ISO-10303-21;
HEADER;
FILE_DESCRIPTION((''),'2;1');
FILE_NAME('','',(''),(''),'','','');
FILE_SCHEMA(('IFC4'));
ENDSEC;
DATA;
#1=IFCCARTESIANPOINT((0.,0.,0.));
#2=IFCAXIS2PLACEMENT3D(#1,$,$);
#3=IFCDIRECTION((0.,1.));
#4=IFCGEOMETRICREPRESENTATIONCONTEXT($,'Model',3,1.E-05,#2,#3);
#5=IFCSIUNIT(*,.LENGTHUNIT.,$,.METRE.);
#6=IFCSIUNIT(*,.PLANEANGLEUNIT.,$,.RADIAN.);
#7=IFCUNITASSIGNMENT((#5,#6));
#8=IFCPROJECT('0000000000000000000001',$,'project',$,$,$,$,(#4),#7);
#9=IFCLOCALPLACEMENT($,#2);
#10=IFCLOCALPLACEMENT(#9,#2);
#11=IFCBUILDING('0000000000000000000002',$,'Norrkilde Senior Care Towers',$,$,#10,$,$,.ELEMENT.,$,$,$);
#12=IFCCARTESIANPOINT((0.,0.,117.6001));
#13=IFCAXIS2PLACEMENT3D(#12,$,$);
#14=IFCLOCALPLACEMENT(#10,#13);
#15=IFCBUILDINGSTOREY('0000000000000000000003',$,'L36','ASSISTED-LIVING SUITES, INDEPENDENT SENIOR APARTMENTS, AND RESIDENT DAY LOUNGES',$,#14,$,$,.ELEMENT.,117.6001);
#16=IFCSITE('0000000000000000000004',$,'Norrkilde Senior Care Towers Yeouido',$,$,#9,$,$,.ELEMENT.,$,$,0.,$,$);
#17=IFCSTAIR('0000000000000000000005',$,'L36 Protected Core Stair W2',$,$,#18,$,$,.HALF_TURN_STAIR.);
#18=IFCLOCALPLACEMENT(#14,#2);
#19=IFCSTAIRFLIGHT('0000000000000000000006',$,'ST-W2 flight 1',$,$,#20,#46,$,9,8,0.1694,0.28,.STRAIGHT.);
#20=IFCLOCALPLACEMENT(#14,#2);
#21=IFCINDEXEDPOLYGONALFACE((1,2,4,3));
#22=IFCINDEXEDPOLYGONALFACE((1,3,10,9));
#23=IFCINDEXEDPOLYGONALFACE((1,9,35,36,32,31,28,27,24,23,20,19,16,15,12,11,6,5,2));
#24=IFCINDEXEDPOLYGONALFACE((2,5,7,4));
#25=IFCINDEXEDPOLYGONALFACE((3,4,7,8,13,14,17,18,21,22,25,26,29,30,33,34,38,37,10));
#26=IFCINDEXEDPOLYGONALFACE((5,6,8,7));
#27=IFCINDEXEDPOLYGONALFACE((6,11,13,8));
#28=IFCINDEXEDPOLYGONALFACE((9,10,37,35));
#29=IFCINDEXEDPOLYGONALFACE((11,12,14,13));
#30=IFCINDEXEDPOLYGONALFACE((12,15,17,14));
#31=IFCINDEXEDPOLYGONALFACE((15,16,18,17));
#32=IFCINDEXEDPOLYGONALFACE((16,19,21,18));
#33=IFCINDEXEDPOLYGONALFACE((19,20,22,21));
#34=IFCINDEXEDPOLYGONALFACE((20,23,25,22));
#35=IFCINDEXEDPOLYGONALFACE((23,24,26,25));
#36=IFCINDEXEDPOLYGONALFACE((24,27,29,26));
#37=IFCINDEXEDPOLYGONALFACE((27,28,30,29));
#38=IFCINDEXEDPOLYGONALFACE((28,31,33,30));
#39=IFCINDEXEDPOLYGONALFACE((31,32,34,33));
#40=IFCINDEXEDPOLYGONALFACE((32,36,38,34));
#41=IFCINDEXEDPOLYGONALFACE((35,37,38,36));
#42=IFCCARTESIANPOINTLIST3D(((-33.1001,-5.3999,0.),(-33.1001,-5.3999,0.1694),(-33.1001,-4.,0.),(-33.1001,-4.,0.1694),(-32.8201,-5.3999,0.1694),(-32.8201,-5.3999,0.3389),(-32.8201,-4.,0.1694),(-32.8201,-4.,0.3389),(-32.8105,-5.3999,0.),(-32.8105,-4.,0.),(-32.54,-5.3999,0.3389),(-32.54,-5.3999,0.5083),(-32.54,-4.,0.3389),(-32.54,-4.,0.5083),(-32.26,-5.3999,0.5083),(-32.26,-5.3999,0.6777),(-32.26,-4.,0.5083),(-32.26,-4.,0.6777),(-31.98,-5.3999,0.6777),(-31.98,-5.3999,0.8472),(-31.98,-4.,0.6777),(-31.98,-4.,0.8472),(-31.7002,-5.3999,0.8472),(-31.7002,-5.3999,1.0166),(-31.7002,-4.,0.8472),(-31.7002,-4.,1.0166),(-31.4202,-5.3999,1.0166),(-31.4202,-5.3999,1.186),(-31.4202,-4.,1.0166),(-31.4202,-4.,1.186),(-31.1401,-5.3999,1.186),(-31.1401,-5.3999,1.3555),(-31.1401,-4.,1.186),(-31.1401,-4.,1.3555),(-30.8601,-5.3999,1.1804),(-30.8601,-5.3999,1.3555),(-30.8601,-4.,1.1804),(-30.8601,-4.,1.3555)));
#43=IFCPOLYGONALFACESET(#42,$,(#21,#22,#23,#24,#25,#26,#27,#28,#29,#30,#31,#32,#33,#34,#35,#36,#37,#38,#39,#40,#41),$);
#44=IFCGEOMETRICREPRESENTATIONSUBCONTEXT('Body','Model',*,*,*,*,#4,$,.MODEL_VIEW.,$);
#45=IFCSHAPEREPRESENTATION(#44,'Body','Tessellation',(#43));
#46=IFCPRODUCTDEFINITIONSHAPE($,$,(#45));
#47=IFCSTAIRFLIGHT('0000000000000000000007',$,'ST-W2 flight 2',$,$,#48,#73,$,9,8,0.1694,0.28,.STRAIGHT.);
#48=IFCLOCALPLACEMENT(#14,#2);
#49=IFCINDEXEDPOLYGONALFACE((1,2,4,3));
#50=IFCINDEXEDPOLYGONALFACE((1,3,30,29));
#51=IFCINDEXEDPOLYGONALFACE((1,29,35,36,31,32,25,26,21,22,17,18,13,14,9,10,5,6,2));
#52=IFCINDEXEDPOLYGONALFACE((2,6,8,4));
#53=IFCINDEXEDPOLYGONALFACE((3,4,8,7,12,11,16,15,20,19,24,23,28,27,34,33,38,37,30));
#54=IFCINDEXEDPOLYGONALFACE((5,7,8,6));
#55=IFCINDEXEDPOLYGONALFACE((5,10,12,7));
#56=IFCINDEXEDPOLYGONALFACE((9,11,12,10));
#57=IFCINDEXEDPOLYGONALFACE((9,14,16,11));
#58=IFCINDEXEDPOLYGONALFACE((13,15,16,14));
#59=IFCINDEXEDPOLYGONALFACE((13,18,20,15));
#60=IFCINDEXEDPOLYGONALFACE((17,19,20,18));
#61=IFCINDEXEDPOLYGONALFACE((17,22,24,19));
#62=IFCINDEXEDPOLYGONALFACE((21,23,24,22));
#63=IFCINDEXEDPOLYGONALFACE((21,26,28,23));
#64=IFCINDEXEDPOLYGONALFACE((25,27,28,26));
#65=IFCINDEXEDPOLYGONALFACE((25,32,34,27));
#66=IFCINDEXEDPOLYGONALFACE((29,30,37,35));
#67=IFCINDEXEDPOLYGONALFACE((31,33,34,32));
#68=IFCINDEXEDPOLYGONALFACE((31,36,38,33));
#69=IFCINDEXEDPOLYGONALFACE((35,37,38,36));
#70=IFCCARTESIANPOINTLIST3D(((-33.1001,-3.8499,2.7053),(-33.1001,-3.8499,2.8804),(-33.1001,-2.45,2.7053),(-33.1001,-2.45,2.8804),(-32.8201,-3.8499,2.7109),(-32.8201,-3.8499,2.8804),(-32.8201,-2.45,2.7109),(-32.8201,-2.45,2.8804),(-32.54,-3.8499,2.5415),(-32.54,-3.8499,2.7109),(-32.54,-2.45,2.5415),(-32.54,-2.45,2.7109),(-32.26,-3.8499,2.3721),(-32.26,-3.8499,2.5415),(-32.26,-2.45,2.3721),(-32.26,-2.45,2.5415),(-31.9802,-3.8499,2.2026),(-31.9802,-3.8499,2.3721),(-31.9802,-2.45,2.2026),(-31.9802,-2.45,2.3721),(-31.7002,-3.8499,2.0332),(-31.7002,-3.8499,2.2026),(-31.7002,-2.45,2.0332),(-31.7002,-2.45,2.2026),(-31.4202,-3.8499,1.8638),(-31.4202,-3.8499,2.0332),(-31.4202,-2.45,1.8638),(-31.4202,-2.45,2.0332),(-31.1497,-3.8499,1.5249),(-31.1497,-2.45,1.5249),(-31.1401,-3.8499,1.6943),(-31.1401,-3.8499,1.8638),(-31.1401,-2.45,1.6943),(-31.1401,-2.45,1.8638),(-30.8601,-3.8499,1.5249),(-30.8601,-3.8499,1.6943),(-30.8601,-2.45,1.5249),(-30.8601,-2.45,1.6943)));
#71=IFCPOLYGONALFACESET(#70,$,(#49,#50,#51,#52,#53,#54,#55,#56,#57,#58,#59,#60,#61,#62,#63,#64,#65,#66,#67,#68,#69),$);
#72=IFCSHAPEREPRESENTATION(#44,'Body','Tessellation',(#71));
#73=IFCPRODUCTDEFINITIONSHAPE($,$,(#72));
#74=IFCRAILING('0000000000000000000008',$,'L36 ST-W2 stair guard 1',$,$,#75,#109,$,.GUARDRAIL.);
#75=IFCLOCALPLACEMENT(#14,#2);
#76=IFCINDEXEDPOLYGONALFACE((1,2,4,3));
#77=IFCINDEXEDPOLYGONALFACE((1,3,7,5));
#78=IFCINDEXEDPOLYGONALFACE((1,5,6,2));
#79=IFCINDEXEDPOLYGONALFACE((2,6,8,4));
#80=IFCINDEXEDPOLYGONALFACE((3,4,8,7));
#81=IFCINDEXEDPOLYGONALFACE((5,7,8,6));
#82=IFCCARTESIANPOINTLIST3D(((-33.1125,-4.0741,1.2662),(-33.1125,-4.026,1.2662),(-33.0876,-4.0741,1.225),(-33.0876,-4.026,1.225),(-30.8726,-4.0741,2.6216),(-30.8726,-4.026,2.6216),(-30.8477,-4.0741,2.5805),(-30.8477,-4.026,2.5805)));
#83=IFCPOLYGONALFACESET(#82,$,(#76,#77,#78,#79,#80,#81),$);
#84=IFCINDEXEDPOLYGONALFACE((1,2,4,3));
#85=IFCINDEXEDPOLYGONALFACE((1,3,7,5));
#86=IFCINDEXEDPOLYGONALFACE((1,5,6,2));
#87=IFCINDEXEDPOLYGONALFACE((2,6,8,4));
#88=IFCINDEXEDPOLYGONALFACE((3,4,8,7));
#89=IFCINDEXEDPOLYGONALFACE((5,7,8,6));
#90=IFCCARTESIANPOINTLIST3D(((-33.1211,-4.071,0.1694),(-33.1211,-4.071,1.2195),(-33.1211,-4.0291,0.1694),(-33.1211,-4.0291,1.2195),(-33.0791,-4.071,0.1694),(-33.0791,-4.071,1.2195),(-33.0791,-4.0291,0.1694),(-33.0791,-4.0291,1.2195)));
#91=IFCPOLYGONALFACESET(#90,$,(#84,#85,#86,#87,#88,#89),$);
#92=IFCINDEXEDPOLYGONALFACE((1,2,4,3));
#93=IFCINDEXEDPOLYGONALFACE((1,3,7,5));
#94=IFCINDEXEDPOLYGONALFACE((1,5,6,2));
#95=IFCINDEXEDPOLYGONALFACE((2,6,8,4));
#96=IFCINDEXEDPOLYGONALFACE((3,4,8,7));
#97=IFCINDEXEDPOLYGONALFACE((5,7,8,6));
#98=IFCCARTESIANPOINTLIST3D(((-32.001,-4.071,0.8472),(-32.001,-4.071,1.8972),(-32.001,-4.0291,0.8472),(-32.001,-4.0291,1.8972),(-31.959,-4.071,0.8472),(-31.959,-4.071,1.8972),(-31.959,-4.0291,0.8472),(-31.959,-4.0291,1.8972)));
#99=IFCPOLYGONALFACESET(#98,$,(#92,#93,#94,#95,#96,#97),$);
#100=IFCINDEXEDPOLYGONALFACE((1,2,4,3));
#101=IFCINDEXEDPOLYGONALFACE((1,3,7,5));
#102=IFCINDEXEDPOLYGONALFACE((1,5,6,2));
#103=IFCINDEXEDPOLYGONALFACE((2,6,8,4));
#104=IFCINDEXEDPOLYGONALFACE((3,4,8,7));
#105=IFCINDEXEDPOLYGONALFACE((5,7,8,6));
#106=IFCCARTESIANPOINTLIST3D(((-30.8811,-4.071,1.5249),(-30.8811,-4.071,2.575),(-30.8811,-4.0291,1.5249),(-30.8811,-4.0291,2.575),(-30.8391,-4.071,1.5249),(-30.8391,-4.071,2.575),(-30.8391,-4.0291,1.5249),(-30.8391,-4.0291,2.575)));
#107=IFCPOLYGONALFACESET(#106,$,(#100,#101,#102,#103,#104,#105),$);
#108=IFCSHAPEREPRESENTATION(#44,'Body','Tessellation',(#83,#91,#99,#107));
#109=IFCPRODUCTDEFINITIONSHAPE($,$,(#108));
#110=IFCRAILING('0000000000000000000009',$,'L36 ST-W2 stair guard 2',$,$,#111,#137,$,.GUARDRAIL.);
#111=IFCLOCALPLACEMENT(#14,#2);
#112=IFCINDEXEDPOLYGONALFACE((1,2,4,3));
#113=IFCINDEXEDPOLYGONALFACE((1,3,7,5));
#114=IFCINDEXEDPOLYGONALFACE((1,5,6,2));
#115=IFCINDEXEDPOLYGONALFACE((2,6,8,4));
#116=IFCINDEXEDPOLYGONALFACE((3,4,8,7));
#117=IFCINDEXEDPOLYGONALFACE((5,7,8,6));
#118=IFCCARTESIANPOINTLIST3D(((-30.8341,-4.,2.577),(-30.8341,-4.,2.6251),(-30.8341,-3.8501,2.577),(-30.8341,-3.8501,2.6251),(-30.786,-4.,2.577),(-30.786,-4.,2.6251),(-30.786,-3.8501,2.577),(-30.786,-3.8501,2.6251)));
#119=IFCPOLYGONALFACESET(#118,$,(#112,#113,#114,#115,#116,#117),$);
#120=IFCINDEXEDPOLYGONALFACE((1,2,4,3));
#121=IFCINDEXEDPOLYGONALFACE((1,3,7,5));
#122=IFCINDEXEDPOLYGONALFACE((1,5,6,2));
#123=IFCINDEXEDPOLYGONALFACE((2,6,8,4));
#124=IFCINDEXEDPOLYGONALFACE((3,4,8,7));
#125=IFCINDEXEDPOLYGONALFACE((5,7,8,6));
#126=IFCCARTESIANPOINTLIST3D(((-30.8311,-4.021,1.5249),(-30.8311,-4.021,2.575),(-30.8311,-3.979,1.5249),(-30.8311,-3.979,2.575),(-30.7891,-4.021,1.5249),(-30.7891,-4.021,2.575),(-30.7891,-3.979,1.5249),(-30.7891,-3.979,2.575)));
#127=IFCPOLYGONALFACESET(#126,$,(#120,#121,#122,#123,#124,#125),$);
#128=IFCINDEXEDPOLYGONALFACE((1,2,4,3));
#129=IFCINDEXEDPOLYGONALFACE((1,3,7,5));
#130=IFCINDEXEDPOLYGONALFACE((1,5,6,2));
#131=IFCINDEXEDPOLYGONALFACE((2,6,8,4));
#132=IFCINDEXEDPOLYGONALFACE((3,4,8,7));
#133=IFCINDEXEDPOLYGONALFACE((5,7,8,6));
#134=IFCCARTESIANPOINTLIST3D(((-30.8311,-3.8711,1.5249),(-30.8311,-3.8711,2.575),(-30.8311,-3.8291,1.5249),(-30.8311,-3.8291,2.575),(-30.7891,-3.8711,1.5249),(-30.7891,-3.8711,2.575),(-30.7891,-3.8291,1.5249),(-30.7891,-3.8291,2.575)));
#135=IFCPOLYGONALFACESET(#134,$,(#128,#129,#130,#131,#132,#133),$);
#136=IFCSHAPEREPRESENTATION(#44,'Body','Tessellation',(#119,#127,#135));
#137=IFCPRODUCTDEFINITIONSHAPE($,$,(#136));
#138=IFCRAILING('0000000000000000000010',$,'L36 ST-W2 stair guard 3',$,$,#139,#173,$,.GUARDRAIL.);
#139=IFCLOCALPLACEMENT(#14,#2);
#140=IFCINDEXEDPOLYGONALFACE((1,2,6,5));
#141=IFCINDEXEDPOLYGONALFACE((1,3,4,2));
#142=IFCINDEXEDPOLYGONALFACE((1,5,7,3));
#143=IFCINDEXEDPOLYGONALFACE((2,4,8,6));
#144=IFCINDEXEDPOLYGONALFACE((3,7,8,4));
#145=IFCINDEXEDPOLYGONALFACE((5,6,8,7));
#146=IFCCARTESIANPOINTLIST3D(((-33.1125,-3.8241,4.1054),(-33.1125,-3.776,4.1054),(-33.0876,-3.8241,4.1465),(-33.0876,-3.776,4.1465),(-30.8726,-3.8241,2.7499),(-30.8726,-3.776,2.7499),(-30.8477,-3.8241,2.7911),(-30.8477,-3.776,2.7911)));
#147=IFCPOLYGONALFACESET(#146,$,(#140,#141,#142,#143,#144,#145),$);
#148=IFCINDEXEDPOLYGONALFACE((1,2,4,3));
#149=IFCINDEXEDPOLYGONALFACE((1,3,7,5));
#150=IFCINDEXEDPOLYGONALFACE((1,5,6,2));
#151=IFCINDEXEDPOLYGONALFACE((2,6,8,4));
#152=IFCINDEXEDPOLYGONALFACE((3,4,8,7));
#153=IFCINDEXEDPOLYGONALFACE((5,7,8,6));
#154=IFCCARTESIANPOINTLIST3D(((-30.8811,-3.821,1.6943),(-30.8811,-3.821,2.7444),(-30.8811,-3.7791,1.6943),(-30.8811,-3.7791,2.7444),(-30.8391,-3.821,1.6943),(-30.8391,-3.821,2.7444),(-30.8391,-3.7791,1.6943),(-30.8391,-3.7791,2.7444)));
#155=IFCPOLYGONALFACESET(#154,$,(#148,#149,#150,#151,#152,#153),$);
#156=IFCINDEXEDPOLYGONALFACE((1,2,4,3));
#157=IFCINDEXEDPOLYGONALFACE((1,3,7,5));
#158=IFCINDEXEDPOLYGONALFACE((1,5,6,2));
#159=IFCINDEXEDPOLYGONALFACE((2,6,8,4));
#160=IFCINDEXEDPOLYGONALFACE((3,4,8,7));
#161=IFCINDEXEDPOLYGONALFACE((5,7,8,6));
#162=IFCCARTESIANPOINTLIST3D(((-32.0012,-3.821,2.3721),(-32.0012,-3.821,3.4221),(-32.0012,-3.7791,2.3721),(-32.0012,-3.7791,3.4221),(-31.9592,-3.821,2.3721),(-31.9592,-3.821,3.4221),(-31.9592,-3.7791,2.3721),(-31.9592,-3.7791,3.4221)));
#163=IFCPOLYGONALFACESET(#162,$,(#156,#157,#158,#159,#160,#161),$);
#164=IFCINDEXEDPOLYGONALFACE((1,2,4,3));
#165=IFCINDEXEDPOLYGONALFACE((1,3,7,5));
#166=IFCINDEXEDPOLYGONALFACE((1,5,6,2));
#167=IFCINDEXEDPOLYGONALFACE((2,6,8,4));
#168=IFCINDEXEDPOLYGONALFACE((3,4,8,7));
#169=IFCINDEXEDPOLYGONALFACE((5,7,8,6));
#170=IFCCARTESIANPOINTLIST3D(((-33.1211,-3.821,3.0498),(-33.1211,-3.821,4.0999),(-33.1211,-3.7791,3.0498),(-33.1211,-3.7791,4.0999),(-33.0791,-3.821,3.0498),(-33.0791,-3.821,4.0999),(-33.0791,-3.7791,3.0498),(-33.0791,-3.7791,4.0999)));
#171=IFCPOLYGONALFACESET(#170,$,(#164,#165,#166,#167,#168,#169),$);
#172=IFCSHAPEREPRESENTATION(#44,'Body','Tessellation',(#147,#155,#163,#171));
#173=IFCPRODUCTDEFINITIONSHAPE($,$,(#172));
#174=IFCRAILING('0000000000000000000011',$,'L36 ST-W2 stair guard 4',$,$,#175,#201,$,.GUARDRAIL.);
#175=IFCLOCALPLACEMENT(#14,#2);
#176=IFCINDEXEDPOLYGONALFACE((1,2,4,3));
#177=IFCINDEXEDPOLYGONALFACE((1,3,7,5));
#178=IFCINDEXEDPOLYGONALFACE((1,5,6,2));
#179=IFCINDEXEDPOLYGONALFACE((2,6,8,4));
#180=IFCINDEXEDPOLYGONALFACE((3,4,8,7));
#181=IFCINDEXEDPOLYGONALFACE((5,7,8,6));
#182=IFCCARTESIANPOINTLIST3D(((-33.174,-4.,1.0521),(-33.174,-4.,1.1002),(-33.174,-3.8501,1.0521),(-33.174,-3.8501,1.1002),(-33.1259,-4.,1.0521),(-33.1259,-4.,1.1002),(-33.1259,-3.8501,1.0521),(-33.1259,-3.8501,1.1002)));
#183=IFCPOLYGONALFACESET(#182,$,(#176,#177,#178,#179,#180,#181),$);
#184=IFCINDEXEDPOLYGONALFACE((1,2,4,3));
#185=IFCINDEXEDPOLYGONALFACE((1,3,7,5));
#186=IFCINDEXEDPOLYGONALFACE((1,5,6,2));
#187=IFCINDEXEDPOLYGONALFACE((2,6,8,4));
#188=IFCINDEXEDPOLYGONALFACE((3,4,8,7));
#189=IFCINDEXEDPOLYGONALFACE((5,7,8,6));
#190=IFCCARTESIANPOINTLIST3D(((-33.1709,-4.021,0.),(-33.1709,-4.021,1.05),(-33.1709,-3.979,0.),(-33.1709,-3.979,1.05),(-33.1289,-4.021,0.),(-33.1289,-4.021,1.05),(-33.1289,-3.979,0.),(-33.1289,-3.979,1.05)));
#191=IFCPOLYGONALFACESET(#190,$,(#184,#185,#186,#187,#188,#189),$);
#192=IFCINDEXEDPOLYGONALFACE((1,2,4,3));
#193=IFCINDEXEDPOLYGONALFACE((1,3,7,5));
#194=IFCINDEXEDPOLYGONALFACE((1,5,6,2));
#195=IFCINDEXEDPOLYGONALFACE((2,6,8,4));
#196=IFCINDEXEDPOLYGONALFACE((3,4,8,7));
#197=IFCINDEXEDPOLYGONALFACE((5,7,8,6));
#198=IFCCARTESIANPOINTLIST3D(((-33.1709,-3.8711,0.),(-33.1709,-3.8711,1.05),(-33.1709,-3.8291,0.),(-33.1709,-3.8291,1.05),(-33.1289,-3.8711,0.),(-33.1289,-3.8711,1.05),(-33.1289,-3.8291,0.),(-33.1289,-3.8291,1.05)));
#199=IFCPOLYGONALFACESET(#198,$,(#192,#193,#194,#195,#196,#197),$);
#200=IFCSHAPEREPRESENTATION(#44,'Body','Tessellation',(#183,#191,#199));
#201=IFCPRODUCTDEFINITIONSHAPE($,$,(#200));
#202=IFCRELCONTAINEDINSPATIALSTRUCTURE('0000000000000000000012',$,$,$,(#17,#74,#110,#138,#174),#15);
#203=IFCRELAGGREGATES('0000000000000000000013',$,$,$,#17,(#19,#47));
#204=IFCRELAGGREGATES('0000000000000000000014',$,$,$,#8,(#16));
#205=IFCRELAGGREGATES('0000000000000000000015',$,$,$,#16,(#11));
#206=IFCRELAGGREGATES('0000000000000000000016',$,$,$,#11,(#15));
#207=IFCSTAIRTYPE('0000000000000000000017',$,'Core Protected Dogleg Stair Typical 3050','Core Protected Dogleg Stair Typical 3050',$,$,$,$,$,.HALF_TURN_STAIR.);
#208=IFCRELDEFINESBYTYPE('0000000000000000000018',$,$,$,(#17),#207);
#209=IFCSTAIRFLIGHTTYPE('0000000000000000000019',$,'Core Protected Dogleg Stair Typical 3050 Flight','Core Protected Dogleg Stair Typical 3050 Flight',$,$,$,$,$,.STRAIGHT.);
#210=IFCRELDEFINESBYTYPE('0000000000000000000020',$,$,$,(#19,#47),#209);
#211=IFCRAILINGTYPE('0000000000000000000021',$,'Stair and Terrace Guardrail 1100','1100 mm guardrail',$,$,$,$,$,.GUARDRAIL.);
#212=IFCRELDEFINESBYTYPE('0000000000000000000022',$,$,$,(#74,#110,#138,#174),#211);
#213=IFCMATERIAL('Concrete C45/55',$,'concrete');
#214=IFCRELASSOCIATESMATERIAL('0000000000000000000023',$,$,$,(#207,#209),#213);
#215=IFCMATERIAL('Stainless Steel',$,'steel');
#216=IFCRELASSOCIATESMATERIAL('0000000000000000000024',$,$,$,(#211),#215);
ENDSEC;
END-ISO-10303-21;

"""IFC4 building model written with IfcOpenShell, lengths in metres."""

from ifc_helpers import new_model, si_unit, direction, frame, origin, origin_2d, place, context, subcontext, project, spatial, polyline, rectangle, outline, extrude, material, type_object, element, aggregate, save


model = new_model("IFC4")

# Units and contexts
model_context = context("Model", 3, precision=1e-05, world=origin(), true_north=direction((0.0, 1.0)))
body_context = subcontext(model_context, "Body", "Model", "MODEL_VIEW")
ifc_project = project(units=[si_unit("LENGTHUNIT", "METRE"), si_unit("PLANEANGLEUNIT", "RADIAN")], contexts=[model_context])

# Site, building, storey
site_placement = place(None, origin())
site = spatial("IfcSite", under=ifc_project, at=site_placement, Name="Norrkilde Senior Care Towers Yeouido", CompositionType="ELEMENT", RefElevation=0.0)
building_placement = place(site_placement, origin())
building = spatial("IfcBuilding", under=site, at=building_placement, Name="Norrkilde Senior Care Towers", CompositionType="ELEMENT")
storey_placement = place(building_placement, frame((0.0, 0.0, 117.6001)))
storey = spatial("IfcBuildingStorey", under=building, at=storey_placement, Name="L36", Description="ASSISTED-LIVING SUITES, INDEPENDENT SENIOR APARTMENTS, AND RESIDENT DAY LOUNGES", CompositionType="ELEMENT", Elevation=117.6001)

# Shared definitions
ifc_material_1 = material(Name="Concrete C45/55", Category="concrete")

# Stair, stair flights
stair_type = type_object("IfcStairType", Name="Core Protected Dogleg Stair Typical 3050", Description="Core Protected Dogleg Stair Typical 3050", PredefinedType="HALF_TURN_STAIR", material=ifc_material_1)
stair_placement = place(storey_placement, origin())
stair = element("IfcStair", 1, at=stair_placement, inside=storey, type_object=stair_type, Name="L36 Protected Core Stair W2", PredefinedType="HALF_TURN_STAIR")
stair_flight_type = type_object("IfcStairFlightType", Name="Core Protected Dogleg Stair Typical 3050 Flight", Description="Core Protected Dogleg Stair Typical 3050 Flight", PredefinedType="STRAIGHT", material=ifc_material_1)
stair_flight_1_placement = place(storey_placement, frame((-33.1001, -4.7, 0.0), z_axis=(0.0, 0.0, 1.0), x_axis=(1.0, 0.0, 0.0)))
stair_flight_1 = element("IfcStairFlight", 2, at=stair_flight_1_placement, type_object=stair_flight_type, Name="ST-W2 flight 1", NumberOfRisers=9, NumberOfTreads=8, PredefinedType="STRAIGHT", RiserHeight=0.1694, TreadLength=0.28, context=body_context, shape_type="SweptSolid", body=[
    extrude(outline(polyline([(0.0, 0.0), (0.0, 0.1694), (0.28, 0.1694), (0.28, 0.3389), (0.5601, 0.3389), (0.5601, 0.5083), (0.8401, 0.5083), (0.8401, 0.6777), (1.1201, 0.6777), (1.1201, 0.8472), (1.3999, 0.8472), (1.3999, 1.0166), (1.6799, 1.0166), (1.6799, 1.186), (1.96, 1.186), (1.96, 1.3555), (2.24, 1.3555), (2.24, 1.5249), (2.24, 1.1804), (0.2896, 0.0), (0.0, 0.0)])), frame((0.0, 0.7, 0.0), z_axis=(0.0, -1.0, 0.0), x_axis=(1.0, 0.0, 0.0)), (0.0, 0.0, 1.0), 1.3999),
])
stair_flight_2_placement = place(storey_placement, frame((-30.8601, -3.1499, 1.5249), z_axis=(0.0, 0.0, 1.0), x_axis=(-1.0, 0.0, 0.0)))
stair_flight_2 = element("IfcStairFlight", 3, at=stair_flight_2_placement, type_object=stair_flight_type, Name="ST-W2 flight 2", NumberOfRisers=9, NumberOfTreads=8, PredefinedType="STRAIGHT", RiserHeight=0.1694, TreadLength=0.28, context=body_context, shape_type="SweptSolid", body=[
    extrude(outline(polyline([(0.0, 0.0), (0.0, 0.1694), (0.28, 0.1694), (0.28, 0.3389), (0.5601, 0.3389), (0.5601, 0.5083), (0.8401, 0.5083), (0.8401, 0.6777), (1.1201, 0.6777), (1.1201, 0.8472), (1.3999, 0.8472), (1.3999, 1.0166), (1.6799, 1.0166), (1.6799, 1.186), (1.96, 1.186), (1.96, 1.3555), (2.24, 1.3555), (2.24, 1.5249), (2.24, 1.1804), (0.2896, 0.0), (0.0, 0.0)])), frame((0.0, 0.7, 0.0), z_axis=(0.0, -1.0, 0.0), x_axis=(1.0, 0.0, 0.0)), (0.0, 0.0, 1.0), 1.3999),
])
aggregate(stair, [stair_flight_1, stair_flight_2])

# Railings
ifc_material_2 = material(Name="Stainless Steel", Category="steel")
railing_type_1 = type_object("IfcRailingType", Name="Stair and Terrace Guardrail 1100", Description="1100 mm guardrail", PredefinedType="GUARDRAIL", material=ifc_material_2)
railing_1_placement = place(storey_placement, frame((-33.1001, -4.05, 0.1694)))
element("IfcRailing", 4, at=railing_1_placement, inside=storey, type_object=railing_type_1, Name="L36 ST-W2 stair guard 1", PredefinedType="GUARDRAIL", context=body_context, shape_type="SweptSolid", body=[
    extrude(rectangle(XDim=0.0481, YDim=0.0481, at=origin_2d()), frame((0.0, 0.0, 1.0762), z_axis=(0.855553, 0.0, 0.517715), x_axis=(0.0, 1.0, 0.0)), (0.0, 0.0, 1.0), 2.6182),
    extrude(rectangle(XDim=0.042, YDim=0.042, at=origin_2d()), origin(), (0.0, 0.0, 1.0), 1.05),
    extrude(rectangle(XDim=0.042, YDim=0.042, at=origin_2d()), frame((1.1201, 0.0, 0.6777)), (0.0, 0.0, 1.0), 1.05),
    extrude(rectangle(XDim=0.042, YDim=0.042, at=origin_2d()), frame((2.24, 0.0, 1.3555)), (0.0, 0.0, 1.0), 1.05),
])
railing_2_placement = place(storey_placement, frame((-30.8101, -4.0, 1.5249)))
element("IfcRailing", 5, at=railing_2_placement, inside=storey, type_object=railing_type_1, Name="L36 ST-W2 stair guard 2", PredefinedType="GUARDRAIL", context=body_context, shape_type="SweptSolid", body=[
    extrude(rectangle(XDim=0.0481, YDim=0.0481, at=origin_2d()), frame((0.0, 0.0, 1.0762), z_axis=(0.0, 1.0, 0.0), x_axis=(-1.0, 0.0, 0.0)), (0.0, 0.0, 1.0), 0.1499),
    extrude(rectangle(XDim=0.042, YDim=0.042, at=origin_2d()), origin(), (0.0, 0.0, 1.0), 1.05),
    extrude(rectangle(XDim=0.042, YDim=0.042, at=origin_2d()), frame((0.0, 0.1499, 0.0)), (0.0, 0.0, 1.0), 1.05),
])
railing_3_placement = place(storey_placement, frame((-30.8601, -3.8, 1.6943)))
element("IfcRailing", 6, at=railing_3_placement, inside=storey, type_object=railing_type_1, Name="L36 ST-W2 stair guard 3", PredefinedType="GUARDRAIL", context=body_context, shape_type="SweptSolid", body=[
    extrude(rectangle(XDim=0.0481, YDim=0.0481, at=origin_2d()), frame((0.0, 0.0, 1.0762), z_axis=(-0.855553, 0.0, 0.517715), x_axis=(0.0, -1.0, 0.0)), (0.0, 0.0, 1.0), 2.6182),
    extrude(rectangle(XDim=0.042, YDim=0.042, at=origin_2d()), origin(), (0.0, 0.0, 1.0), 1.05),
    extrude(rectangle(XDim=0.042, YDim=0.042, at=origin_2d()), frame((-1.1201, 0.0, 0.6777)), (0.0, 0.0, 1.0), 1.05),
    extrude(rectangle(XDim=0.042, YDim=0.042, at=origin_2d()), frame((-2.24, 0.0, 1.3555)), (0.0, 0.0, 1.0), 1.05),
])
railing_4_placement = place(storey_placement, frame((-33.1499, -4.0, 0.0)))
element("IfcRailing", 7, at=railing_4_placement, inside=storey, type_object=railing_type_1, Name="L36 ST-W2 stair guard 4", PredefinedType="GUARDRAIL", context=body_context, shape_type="SweptSolid", body=[
    extrude(rectangle(XDim=0.0481, YDim=0.0481, at=origin_2d()), frame((0.0, 0.0, 1.0762), z_axis=(0.0, 1.0, 0.0), x_axis=(-1.0, 0.0, 0.0)), (0.0, 0.0, 1.0), 0.1499),
    extrude(rectangle(XDim=0.042, YDim=0.042, at=origin_2d()), origin(), (0.0, 0.0, 1.0), 1.05),
    extrude(rectangle(XDim=0.042, YDim=0.042, at=origin_2d()), frame((0.0, 0.1499, 0.0)), (0.0, 0.0, 1.0), 1.05),
])

save(model, "model.ifc")
